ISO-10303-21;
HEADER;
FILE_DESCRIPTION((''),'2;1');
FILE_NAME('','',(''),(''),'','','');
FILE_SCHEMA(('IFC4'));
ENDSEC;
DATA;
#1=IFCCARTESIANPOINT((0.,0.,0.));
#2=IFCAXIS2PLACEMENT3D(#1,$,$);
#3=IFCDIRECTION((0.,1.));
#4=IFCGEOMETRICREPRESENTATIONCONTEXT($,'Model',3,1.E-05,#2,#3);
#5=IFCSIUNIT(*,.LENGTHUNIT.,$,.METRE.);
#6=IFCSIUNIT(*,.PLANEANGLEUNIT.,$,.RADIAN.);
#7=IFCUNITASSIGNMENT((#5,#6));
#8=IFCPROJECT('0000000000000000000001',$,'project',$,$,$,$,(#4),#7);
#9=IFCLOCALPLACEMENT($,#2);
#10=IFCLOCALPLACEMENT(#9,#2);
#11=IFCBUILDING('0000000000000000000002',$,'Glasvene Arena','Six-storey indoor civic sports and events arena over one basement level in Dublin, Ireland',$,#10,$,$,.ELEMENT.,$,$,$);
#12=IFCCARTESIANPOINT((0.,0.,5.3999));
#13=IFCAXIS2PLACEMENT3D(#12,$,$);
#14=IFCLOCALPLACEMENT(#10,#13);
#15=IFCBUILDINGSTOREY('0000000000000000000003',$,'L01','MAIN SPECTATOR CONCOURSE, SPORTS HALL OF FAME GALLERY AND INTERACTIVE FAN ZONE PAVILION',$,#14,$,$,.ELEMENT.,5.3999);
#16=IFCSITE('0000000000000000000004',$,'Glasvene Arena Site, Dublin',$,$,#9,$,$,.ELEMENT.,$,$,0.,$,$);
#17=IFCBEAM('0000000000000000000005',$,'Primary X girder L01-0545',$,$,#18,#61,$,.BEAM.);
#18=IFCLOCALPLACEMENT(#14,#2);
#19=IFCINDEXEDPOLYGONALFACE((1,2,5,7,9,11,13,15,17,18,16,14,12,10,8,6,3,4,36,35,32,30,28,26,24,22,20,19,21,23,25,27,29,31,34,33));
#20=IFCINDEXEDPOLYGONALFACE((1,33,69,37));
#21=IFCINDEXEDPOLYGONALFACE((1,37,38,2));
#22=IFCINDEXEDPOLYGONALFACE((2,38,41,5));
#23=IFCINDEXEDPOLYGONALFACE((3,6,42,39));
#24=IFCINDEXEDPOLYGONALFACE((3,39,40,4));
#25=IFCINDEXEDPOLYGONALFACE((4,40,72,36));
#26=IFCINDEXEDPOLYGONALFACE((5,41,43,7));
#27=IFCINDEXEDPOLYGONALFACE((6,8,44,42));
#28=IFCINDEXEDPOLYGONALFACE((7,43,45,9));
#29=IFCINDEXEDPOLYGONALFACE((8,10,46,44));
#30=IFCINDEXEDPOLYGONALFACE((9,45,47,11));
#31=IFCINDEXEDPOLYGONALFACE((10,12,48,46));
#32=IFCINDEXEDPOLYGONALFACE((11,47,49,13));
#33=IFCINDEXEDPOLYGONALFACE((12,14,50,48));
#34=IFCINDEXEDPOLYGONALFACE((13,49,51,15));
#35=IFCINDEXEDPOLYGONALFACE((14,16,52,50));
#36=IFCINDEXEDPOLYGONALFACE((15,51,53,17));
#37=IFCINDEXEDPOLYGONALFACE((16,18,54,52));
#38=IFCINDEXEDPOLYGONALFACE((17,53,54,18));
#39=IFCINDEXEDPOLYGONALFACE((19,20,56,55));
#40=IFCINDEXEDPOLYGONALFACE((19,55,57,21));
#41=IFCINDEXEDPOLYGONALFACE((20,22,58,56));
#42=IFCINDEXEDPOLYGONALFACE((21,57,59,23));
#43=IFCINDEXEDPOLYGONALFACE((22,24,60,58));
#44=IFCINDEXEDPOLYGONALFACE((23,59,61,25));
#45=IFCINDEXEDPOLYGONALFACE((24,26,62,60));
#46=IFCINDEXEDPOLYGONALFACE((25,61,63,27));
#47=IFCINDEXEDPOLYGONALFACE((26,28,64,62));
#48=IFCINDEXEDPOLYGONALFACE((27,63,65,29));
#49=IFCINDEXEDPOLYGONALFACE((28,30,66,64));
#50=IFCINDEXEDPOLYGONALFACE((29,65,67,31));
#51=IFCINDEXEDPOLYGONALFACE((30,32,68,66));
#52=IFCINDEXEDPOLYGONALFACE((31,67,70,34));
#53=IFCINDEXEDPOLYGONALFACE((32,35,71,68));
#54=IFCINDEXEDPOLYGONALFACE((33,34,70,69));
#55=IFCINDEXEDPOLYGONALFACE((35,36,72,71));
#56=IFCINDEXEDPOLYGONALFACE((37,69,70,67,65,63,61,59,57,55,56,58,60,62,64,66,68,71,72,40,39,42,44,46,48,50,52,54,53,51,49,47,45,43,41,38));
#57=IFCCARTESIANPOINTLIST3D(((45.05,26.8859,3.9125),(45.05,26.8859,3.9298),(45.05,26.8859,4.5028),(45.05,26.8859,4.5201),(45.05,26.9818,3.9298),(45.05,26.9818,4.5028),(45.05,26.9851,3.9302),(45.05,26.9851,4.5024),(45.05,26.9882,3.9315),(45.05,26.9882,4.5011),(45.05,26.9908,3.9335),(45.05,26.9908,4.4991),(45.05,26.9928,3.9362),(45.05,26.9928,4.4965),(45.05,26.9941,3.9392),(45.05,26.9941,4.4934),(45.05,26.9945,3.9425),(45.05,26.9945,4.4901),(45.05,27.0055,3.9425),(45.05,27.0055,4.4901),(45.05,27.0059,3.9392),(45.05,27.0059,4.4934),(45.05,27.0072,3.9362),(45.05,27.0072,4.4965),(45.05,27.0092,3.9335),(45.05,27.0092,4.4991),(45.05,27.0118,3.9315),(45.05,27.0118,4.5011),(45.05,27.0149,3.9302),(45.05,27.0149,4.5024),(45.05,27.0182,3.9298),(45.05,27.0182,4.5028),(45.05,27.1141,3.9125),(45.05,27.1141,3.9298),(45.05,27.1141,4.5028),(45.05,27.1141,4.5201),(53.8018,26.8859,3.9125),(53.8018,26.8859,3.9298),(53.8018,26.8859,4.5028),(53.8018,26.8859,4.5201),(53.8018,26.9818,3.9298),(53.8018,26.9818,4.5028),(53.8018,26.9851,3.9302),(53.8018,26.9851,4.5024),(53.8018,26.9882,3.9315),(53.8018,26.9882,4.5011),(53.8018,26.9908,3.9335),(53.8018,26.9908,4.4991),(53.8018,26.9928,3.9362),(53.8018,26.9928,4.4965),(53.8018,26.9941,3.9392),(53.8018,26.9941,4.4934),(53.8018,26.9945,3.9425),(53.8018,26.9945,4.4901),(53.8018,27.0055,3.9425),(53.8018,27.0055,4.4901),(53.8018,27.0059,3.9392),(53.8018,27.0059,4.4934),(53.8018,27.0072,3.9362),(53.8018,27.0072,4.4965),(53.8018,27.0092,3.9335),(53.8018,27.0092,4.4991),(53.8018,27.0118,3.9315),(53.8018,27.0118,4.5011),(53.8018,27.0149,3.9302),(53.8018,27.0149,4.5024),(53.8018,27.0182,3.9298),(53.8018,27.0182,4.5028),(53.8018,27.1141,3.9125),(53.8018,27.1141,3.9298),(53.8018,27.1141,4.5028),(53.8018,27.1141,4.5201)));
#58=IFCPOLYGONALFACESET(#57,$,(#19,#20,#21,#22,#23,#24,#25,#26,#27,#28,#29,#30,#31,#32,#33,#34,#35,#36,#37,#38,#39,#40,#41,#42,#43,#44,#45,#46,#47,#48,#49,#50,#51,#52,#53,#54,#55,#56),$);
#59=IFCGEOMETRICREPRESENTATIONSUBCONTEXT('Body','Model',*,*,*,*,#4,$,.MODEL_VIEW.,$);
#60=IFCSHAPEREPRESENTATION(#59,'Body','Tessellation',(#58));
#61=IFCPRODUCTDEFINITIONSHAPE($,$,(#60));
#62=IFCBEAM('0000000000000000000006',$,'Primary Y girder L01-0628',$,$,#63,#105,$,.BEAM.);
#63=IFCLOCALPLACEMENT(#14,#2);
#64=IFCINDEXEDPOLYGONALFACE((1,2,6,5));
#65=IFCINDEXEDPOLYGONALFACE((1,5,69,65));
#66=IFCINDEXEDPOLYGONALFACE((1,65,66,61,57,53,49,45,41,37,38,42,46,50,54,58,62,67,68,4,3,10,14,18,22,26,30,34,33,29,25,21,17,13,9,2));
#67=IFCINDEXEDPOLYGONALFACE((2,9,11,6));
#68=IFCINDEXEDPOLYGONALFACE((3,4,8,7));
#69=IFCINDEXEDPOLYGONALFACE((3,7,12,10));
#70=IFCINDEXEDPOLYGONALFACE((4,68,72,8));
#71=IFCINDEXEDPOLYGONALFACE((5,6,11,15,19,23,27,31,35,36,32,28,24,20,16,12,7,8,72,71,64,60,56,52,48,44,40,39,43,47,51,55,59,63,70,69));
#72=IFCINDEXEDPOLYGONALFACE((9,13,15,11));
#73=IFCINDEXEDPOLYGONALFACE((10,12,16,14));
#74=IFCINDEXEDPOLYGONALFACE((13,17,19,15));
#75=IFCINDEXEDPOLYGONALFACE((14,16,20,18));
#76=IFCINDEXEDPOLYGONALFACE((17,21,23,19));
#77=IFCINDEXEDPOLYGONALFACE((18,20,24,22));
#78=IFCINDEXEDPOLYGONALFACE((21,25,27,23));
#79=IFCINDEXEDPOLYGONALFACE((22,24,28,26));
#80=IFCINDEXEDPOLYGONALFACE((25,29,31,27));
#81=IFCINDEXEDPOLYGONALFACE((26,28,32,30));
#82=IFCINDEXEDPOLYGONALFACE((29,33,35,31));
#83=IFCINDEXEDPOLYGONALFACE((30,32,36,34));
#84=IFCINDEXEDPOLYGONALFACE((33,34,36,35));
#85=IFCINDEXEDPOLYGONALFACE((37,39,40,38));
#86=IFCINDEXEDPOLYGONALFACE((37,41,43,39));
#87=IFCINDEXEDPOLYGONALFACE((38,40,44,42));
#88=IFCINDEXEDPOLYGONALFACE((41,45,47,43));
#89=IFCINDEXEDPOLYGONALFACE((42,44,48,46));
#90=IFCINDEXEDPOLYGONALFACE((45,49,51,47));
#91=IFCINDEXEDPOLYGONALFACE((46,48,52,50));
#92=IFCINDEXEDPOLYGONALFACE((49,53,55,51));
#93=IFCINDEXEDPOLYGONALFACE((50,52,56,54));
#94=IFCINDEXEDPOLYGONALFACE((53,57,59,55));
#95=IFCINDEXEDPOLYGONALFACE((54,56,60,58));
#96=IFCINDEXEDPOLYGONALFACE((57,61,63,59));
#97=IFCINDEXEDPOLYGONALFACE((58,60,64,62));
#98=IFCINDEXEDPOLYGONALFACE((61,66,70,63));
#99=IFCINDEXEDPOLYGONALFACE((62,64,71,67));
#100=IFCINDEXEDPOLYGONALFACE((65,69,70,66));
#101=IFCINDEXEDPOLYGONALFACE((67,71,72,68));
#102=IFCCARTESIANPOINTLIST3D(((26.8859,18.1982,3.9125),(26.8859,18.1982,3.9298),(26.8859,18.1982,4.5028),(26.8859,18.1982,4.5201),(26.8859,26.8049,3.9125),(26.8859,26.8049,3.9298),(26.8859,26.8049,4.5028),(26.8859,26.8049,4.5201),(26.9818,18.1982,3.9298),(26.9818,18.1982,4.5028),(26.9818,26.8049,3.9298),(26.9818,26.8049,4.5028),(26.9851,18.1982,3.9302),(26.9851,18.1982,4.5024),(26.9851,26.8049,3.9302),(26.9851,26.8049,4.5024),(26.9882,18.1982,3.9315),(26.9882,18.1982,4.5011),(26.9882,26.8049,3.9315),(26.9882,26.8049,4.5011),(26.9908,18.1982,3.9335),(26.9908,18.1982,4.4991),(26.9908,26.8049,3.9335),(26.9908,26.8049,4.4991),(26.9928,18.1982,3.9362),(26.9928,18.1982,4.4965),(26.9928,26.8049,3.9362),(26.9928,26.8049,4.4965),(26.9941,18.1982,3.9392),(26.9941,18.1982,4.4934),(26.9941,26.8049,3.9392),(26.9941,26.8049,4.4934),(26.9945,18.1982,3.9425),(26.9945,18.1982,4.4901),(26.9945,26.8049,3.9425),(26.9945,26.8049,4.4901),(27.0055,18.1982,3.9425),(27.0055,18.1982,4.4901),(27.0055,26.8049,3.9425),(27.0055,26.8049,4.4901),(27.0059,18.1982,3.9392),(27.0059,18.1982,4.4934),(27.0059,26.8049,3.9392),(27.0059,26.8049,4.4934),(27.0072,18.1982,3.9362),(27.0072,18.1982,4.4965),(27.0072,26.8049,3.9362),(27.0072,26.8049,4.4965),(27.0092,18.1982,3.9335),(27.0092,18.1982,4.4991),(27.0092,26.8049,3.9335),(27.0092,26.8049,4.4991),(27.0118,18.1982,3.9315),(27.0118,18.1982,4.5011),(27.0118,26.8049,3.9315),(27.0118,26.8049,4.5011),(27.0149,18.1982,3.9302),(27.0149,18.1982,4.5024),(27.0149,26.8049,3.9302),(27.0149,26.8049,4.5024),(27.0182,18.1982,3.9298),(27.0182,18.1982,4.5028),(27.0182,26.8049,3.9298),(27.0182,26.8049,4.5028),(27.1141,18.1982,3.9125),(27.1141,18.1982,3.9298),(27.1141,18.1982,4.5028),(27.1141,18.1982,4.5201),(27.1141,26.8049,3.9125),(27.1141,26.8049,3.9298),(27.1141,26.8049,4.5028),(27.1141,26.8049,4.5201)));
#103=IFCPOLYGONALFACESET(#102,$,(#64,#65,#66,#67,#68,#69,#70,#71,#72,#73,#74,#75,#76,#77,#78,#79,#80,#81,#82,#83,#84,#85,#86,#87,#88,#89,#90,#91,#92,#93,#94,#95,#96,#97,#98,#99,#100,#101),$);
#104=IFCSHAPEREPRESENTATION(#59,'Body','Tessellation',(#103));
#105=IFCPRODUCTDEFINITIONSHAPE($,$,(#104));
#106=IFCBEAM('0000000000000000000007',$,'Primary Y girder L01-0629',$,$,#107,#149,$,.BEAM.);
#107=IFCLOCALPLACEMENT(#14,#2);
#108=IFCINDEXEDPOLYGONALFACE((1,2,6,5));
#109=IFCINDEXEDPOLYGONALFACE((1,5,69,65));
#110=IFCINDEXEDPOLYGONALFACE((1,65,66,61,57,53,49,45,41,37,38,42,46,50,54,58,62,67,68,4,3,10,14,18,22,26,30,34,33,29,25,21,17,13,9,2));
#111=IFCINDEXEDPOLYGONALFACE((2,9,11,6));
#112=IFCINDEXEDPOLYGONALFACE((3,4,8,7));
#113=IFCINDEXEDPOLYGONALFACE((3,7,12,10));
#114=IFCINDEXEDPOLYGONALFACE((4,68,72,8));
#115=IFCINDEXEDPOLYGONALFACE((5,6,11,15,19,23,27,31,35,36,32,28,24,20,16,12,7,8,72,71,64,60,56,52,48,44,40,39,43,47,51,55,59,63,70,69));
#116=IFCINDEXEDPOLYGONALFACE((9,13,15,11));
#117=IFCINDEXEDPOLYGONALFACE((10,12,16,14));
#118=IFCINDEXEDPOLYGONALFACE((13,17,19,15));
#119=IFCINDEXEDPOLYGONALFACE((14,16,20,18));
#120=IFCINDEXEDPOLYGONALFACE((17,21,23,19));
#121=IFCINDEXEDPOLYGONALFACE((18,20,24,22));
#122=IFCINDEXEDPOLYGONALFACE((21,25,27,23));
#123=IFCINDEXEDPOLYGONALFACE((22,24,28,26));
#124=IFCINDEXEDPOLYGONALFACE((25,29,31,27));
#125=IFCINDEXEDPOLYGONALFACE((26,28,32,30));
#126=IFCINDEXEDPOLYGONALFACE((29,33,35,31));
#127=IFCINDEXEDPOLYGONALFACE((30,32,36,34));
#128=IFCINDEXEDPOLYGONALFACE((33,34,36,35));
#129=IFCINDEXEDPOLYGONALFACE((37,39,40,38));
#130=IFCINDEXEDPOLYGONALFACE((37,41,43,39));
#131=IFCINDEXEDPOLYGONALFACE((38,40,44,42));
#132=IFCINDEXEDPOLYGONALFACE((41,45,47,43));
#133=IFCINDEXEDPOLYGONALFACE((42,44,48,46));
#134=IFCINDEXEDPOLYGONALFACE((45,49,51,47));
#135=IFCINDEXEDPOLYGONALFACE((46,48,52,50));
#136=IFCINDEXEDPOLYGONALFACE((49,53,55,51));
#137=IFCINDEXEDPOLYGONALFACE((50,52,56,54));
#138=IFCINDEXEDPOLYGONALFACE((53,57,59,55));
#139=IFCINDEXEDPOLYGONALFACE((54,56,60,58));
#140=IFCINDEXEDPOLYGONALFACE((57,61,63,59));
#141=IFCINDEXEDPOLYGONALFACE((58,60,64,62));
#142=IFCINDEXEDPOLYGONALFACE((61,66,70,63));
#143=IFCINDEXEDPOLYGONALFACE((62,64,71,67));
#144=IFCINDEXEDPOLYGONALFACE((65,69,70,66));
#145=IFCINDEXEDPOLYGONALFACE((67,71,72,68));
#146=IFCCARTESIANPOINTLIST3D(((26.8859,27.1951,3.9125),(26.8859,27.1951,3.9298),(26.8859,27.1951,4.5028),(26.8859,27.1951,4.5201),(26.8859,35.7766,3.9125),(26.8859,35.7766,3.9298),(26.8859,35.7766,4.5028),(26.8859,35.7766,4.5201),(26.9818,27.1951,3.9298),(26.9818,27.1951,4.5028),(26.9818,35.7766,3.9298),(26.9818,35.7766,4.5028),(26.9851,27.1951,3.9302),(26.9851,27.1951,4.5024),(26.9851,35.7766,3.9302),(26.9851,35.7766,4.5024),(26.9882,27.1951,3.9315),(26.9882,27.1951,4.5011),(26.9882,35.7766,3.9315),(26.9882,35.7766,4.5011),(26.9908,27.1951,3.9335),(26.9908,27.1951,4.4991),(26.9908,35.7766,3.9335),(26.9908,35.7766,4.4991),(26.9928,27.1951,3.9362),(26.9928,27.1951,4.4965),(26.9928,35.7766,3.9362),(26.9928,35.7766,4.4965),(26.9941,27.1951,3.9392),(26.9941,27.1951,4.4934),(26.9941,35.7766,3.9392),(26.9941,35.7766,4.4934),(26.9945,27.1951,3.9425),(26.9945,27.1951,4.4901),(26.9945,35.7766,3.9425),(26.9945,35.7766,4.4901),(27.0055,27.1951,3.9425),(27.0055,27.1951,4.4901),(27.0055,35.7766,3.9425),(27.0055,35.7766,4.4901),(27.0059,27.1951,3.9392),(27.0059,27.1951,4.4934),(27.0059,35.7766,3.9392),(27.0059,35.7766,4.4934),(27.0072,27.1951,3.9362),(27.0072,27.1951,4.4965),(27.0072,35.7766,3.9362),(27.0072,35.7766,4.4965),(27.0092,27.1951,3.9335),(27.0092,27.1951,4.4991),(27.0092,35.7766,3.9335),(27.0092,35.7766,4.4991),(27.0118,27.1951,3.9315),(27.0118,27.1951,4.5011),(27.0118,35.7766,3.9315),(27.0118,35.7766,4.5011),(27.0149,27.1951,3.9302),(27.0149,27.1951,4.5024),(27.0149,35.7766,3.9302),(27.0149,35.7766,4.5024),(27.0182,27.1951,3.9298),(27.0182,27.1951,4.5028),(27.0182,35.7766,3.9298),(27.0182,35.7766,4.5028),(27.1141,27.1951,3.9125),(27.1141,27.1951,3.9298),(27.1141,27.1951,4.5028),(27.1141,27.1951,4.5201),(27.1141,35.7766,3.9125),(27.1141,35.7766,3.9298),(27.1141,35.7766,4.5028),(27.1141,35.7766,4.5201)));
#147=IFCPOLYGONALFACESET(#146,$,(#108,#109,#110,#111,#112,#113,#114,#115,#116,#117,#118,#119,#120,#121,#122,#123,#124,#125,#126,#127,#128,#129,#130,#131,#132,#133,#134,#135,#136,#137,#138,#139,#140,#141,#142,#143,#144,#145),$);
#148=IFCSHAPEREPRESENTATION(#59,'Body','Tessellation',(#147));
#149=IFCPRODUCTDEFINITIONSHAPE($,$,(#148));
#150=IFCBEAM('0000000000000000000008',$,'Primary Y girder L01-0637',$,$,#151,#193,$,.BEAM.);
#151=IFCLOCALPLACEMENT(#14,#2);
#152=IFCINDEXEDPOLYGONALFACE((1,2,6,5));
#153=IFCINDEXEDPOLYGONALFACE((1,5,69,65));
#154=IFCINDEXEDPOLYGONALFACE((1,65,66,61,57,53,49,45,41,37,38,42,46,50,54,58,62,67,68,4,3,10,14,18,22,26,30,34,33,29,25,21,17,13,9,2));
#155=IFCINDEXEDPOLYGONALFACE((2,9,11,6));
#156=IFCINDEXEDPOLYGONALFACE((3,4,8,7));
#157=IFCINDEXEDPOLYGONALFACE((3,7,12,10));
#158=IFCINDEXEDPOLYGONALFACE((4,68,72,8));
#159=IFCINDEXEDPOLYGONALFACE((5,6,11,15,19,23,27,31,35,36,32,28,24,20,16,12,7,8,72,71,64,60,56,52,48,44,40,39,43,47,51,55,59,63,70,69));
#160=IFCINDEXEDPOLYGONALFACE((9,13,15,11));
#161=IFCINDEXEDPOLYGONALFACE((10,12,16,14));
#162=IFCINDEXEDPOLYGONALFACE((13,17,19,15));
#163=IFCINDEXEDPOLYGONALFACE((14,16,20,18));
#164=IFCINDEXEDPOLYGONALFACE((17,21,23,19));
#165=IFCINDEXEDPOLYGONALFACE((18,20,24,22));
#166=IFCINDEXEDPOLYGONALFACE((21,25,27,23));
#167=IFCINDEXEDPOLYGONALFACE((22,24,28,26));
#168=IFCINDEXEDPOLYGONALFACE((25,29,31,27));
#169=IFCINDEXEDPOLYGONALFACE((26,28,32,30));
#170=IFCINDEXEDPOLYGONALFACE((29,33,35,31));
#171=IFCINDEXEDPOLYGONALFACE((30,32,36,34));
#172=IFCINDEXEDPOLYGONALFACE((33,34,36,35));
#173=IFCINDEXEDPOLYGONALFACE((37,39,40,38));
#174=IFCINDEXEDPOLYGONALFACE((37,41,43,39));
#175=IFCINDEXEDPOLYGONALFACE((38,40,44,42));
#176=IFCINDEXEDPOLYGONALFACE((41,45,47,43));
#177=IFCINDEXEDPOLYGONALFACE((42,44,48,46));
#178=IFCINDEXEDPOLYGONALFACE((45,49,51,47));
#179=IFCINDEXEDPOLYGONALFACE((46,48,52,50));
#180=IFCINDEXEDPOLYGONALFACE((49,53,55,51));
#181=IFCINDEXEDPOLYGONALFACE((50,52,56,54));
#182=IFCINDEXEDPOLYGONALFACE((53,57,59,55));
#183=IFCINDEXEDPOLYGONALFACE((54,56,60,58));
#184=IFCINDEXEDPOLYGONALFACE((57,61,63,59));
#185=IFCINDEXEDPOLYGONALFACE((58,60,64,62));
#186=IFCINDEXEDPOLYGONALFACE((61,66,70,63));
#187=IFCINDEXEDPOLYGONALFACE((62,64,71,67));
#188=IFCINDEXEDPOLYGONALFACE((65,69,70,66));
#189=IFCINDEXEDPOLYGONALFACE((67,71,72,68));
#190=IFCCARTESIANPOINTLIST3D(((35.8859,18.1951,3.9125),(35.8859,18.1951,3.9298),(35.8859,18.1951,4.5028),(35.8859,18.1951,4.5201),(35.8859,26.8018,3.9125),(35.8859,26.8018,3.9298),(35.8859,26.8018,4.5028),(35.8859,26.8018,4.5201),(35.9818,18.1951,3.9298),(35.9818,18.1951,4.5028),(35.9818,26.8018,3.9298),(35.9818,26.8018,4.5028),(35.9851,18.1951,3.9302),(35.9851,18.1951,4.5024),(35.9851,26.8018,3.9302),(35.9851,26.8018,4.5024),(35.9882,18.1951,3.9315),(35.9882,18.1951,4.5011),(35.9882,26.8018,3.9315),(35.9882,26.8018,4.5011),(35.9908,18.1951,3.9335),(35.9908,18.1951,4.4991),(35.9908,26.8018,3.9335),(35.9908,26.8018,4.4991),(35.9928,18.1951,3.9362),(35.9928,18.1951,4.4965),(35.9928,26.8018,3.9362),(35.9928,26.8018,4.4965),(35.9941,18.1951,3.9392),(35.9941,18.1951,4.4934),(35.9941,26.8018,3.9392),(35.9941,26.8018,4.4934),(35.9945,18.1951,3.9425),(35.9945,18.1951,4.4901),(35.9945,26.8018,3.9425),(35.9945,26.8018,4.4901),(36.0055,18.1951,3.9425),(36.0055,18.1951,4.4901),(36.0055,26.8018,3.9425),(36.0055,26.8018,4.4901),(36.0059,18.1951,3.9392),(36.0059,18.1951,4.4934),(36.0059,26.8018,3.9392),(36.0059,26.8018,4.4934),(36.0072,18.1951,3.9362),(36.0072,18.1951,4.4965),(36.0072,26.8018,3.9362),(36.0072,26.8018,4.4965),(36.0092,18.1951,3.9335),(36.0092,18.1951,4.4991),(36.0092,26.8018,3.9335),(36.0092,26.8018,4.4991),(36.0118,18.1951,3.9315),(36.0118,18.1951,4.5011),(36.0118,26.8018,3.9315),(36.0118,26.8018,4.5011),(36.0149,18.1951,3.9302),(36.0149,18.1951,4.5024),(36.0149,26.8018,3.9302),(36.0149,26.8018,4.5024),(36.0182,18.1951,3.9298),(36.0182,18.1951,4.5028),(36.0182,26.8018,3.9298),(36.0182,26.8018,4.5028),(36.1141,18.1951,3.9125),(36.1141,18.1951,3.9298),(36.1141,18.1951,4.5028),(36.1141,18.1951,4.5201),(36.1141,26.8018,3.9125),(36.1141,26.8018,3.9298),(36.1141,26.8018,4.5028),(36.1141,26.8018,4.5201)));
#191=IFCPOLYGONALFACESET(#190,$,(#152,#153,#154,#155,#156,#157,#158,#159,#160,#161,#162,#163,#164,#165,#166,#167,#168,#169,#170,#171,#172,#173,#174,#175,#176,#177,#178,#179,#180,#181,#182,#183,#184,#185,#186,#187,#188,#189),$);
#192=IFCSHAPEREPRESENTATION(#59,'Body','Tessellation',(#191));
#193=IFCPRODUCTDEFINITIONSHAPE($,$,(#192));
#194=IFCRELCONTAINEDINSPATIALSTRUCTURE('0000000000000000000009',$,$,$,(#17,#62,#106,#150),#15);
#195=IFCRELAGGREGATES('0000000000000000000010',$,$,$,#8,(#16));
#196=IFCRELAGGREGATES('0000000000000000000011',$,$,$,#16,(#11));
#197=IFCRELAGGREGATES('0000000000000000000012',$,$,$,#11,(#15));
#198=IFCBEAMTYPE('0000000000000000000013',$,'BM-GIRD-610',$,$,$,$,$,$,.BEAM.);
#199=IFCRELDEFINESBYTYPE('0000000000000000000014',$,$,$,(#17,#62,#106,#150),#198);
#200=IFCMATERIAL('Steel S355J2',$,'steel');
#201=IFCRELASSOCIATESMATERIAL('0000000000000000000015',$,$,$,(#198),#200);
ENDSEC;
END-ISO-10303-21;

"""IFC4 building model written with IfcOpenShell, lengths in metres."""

from ifc_helpers import new_model, si_unit, direction, frame, origin, origin_2d, place, context, subcontext, project, spatial, i_section, extrude, material, material_profile, profile_set, type_object, element, save


model = new_model("IFC4")

# Units and contexts
model_context = context("Model", 3, precision=1e-05, world=origin(), true_north=direction((0.0, 1.0)))
body_context = subcontext(model_context, "Body", "Model", "MODEL_VIEW")
ifc_project = project(units=[si_unit("LENGTHUNIT", "METRE"), si_unit("PLANEANGLEUNIT", "RADIAN")], contexts=[model_context])

# Site, building, storey
site_placement = place(None, origin())
site = spatial("IfcSite", under=ifc_project, at=site_placement, Name="Glasvene Arena Site, Dublin", CompositionType="ELEMENT", RefElevation=0.0)
building_placement = place(site_placement, origin())
building = spatial("IfcBuilding", under=site, at=building_placement, Name="Glasvene Arena", Description="Six-storey indoor civic sports and events arena over one basement level in Dublin, Ireland", CompositionType="ELEMENT")
storey_placement = place(building_placement, frame((0.0, 0.0, 5.3999)))
storey = spatial("IfcBuildingStorey", under=building, at=storey_placement, Name="L01", Description="MAIN SPECTATOR CONCOURSE, SPORTS HALL OF FAME GALLERY AND INTERACTIVE FAN ZONE PAVILION", CompositionType="ELEMENT", Elevation=5.3999)

# Shared definitions
ifc_material_1 = material(Name="Steel S355J2", Category="steel")

# Beams
ifc_material_profile_1 = material_profile(ifc_material_1, i_section(OverallWidth=0.2283, OverallDepth=0.6077, WebThickness=0.011, FlangeThickness=0.0173, FilletRadius=0.0127, at=origin_2d()), Name="UKB 610x229x113")
ifc_profile_set_1 = profile_set([ifc_material_profile_1], Name="Steel S355J2")
beam_type_1 = type_object("IfcBeamType", Name="BM-GIRD-610", PredefinedType="BEAM", material=ifc_profile_set_1)
for number, where, z_axis, x_axis, name in (
    (1, (45.05, 27.0, 4.2163), (1.0, 0.0, 0.0), (0.0, 1.0, 0.0), "Primary X girder L01-0545"),
):
    element("IfcBeam", number, at=place(storey_placement, frame(where, z_axis=z_axis, x_axis=x_axis)), inside=storey, type_object=beam_type_1, Name=name, PredefinedType="BEAM", context=body_context, shape_type="SweptSolid", body=[
        extrude(i_section(OverallWidth=0.2283, OverallDepth=0.6077, WebThickness=0.011, FlangeThickness=0.0173, FilletRadius=0.0127, at=origin_2d()), origin(), (0.0, 0.0, 1.0), 8.7517),
    ])
beam_1_placement = place(storey_placement, frame((27.0, 18.1982, 4.2163), z_axis=(0.0, 1.0, 0.0), x_axis=(-1.0, 0.0, 0.0)))
element("IfcBeam", 2, at=beam_1_placement, inside=storey, type_object=beam_type_1, Name="Primary Y girder L01-0628", PredefinedType="BEAM", context=body_context, shape_type="SweptSolid", body=[
    extrude(i_section(OverallWidth=0.2283, OverallDepth=0.6077, WebThickness=0.011, FlangeThickness=0.0173, FilletRadius=0.0127, at=origin_2d()), origin(), (0.0, 0.0, 1.0), 8.6067),
])
beam_2_placement = place(storey_placement, frame((27.0, 27.1951, 4.2163), z_axis=(0.0, 1.0, 0.0), x_axis=(-1.0, 0.0, 0.0)))
element("IfcBeam", 3, at=beam_2_placement, inside=storey, type_object=beam_type_1, Name="Primary Y girder L01-0629", PredefinedType="BEAM", context=body_context, shape_type="SweptSolid", body=[
    extrude(i_section(OverallWidth=0.2283, OverallDepth=0.6077, WebThickness=0.011, FlangeThickness=0.0173, FilletRadius=0.0127, at=origin_2d()), origin(), (0.0, 0.0, 1.0), 8.5815),
])
beam_3_placement = place(storey_placement, frame((36.0, 18.1951, 4.2163), z_axis=(0.0, 1.0, 0.0), x_axis=(-1.0, 0.0, 0.0)))
element("IfcBeam", 4, at=beam_3_placement, inside=storey, type_object=beam_type_1, Name="Primary Y girder L01-0637", PredefinedType="BEAM", context=body_context, shape_type="SweptSolid", body=[
    extrude(i_section(OverallWidth=0.2283, OverallDepth=0.6077, WebThickness=0.011, FlangeThickness=0.0173, FilletRadius=0.0127, at=origin_2d()), origin(), (0.0, 0.0, 1.0), 8.6067),
])

save(model, "model.ifc")
